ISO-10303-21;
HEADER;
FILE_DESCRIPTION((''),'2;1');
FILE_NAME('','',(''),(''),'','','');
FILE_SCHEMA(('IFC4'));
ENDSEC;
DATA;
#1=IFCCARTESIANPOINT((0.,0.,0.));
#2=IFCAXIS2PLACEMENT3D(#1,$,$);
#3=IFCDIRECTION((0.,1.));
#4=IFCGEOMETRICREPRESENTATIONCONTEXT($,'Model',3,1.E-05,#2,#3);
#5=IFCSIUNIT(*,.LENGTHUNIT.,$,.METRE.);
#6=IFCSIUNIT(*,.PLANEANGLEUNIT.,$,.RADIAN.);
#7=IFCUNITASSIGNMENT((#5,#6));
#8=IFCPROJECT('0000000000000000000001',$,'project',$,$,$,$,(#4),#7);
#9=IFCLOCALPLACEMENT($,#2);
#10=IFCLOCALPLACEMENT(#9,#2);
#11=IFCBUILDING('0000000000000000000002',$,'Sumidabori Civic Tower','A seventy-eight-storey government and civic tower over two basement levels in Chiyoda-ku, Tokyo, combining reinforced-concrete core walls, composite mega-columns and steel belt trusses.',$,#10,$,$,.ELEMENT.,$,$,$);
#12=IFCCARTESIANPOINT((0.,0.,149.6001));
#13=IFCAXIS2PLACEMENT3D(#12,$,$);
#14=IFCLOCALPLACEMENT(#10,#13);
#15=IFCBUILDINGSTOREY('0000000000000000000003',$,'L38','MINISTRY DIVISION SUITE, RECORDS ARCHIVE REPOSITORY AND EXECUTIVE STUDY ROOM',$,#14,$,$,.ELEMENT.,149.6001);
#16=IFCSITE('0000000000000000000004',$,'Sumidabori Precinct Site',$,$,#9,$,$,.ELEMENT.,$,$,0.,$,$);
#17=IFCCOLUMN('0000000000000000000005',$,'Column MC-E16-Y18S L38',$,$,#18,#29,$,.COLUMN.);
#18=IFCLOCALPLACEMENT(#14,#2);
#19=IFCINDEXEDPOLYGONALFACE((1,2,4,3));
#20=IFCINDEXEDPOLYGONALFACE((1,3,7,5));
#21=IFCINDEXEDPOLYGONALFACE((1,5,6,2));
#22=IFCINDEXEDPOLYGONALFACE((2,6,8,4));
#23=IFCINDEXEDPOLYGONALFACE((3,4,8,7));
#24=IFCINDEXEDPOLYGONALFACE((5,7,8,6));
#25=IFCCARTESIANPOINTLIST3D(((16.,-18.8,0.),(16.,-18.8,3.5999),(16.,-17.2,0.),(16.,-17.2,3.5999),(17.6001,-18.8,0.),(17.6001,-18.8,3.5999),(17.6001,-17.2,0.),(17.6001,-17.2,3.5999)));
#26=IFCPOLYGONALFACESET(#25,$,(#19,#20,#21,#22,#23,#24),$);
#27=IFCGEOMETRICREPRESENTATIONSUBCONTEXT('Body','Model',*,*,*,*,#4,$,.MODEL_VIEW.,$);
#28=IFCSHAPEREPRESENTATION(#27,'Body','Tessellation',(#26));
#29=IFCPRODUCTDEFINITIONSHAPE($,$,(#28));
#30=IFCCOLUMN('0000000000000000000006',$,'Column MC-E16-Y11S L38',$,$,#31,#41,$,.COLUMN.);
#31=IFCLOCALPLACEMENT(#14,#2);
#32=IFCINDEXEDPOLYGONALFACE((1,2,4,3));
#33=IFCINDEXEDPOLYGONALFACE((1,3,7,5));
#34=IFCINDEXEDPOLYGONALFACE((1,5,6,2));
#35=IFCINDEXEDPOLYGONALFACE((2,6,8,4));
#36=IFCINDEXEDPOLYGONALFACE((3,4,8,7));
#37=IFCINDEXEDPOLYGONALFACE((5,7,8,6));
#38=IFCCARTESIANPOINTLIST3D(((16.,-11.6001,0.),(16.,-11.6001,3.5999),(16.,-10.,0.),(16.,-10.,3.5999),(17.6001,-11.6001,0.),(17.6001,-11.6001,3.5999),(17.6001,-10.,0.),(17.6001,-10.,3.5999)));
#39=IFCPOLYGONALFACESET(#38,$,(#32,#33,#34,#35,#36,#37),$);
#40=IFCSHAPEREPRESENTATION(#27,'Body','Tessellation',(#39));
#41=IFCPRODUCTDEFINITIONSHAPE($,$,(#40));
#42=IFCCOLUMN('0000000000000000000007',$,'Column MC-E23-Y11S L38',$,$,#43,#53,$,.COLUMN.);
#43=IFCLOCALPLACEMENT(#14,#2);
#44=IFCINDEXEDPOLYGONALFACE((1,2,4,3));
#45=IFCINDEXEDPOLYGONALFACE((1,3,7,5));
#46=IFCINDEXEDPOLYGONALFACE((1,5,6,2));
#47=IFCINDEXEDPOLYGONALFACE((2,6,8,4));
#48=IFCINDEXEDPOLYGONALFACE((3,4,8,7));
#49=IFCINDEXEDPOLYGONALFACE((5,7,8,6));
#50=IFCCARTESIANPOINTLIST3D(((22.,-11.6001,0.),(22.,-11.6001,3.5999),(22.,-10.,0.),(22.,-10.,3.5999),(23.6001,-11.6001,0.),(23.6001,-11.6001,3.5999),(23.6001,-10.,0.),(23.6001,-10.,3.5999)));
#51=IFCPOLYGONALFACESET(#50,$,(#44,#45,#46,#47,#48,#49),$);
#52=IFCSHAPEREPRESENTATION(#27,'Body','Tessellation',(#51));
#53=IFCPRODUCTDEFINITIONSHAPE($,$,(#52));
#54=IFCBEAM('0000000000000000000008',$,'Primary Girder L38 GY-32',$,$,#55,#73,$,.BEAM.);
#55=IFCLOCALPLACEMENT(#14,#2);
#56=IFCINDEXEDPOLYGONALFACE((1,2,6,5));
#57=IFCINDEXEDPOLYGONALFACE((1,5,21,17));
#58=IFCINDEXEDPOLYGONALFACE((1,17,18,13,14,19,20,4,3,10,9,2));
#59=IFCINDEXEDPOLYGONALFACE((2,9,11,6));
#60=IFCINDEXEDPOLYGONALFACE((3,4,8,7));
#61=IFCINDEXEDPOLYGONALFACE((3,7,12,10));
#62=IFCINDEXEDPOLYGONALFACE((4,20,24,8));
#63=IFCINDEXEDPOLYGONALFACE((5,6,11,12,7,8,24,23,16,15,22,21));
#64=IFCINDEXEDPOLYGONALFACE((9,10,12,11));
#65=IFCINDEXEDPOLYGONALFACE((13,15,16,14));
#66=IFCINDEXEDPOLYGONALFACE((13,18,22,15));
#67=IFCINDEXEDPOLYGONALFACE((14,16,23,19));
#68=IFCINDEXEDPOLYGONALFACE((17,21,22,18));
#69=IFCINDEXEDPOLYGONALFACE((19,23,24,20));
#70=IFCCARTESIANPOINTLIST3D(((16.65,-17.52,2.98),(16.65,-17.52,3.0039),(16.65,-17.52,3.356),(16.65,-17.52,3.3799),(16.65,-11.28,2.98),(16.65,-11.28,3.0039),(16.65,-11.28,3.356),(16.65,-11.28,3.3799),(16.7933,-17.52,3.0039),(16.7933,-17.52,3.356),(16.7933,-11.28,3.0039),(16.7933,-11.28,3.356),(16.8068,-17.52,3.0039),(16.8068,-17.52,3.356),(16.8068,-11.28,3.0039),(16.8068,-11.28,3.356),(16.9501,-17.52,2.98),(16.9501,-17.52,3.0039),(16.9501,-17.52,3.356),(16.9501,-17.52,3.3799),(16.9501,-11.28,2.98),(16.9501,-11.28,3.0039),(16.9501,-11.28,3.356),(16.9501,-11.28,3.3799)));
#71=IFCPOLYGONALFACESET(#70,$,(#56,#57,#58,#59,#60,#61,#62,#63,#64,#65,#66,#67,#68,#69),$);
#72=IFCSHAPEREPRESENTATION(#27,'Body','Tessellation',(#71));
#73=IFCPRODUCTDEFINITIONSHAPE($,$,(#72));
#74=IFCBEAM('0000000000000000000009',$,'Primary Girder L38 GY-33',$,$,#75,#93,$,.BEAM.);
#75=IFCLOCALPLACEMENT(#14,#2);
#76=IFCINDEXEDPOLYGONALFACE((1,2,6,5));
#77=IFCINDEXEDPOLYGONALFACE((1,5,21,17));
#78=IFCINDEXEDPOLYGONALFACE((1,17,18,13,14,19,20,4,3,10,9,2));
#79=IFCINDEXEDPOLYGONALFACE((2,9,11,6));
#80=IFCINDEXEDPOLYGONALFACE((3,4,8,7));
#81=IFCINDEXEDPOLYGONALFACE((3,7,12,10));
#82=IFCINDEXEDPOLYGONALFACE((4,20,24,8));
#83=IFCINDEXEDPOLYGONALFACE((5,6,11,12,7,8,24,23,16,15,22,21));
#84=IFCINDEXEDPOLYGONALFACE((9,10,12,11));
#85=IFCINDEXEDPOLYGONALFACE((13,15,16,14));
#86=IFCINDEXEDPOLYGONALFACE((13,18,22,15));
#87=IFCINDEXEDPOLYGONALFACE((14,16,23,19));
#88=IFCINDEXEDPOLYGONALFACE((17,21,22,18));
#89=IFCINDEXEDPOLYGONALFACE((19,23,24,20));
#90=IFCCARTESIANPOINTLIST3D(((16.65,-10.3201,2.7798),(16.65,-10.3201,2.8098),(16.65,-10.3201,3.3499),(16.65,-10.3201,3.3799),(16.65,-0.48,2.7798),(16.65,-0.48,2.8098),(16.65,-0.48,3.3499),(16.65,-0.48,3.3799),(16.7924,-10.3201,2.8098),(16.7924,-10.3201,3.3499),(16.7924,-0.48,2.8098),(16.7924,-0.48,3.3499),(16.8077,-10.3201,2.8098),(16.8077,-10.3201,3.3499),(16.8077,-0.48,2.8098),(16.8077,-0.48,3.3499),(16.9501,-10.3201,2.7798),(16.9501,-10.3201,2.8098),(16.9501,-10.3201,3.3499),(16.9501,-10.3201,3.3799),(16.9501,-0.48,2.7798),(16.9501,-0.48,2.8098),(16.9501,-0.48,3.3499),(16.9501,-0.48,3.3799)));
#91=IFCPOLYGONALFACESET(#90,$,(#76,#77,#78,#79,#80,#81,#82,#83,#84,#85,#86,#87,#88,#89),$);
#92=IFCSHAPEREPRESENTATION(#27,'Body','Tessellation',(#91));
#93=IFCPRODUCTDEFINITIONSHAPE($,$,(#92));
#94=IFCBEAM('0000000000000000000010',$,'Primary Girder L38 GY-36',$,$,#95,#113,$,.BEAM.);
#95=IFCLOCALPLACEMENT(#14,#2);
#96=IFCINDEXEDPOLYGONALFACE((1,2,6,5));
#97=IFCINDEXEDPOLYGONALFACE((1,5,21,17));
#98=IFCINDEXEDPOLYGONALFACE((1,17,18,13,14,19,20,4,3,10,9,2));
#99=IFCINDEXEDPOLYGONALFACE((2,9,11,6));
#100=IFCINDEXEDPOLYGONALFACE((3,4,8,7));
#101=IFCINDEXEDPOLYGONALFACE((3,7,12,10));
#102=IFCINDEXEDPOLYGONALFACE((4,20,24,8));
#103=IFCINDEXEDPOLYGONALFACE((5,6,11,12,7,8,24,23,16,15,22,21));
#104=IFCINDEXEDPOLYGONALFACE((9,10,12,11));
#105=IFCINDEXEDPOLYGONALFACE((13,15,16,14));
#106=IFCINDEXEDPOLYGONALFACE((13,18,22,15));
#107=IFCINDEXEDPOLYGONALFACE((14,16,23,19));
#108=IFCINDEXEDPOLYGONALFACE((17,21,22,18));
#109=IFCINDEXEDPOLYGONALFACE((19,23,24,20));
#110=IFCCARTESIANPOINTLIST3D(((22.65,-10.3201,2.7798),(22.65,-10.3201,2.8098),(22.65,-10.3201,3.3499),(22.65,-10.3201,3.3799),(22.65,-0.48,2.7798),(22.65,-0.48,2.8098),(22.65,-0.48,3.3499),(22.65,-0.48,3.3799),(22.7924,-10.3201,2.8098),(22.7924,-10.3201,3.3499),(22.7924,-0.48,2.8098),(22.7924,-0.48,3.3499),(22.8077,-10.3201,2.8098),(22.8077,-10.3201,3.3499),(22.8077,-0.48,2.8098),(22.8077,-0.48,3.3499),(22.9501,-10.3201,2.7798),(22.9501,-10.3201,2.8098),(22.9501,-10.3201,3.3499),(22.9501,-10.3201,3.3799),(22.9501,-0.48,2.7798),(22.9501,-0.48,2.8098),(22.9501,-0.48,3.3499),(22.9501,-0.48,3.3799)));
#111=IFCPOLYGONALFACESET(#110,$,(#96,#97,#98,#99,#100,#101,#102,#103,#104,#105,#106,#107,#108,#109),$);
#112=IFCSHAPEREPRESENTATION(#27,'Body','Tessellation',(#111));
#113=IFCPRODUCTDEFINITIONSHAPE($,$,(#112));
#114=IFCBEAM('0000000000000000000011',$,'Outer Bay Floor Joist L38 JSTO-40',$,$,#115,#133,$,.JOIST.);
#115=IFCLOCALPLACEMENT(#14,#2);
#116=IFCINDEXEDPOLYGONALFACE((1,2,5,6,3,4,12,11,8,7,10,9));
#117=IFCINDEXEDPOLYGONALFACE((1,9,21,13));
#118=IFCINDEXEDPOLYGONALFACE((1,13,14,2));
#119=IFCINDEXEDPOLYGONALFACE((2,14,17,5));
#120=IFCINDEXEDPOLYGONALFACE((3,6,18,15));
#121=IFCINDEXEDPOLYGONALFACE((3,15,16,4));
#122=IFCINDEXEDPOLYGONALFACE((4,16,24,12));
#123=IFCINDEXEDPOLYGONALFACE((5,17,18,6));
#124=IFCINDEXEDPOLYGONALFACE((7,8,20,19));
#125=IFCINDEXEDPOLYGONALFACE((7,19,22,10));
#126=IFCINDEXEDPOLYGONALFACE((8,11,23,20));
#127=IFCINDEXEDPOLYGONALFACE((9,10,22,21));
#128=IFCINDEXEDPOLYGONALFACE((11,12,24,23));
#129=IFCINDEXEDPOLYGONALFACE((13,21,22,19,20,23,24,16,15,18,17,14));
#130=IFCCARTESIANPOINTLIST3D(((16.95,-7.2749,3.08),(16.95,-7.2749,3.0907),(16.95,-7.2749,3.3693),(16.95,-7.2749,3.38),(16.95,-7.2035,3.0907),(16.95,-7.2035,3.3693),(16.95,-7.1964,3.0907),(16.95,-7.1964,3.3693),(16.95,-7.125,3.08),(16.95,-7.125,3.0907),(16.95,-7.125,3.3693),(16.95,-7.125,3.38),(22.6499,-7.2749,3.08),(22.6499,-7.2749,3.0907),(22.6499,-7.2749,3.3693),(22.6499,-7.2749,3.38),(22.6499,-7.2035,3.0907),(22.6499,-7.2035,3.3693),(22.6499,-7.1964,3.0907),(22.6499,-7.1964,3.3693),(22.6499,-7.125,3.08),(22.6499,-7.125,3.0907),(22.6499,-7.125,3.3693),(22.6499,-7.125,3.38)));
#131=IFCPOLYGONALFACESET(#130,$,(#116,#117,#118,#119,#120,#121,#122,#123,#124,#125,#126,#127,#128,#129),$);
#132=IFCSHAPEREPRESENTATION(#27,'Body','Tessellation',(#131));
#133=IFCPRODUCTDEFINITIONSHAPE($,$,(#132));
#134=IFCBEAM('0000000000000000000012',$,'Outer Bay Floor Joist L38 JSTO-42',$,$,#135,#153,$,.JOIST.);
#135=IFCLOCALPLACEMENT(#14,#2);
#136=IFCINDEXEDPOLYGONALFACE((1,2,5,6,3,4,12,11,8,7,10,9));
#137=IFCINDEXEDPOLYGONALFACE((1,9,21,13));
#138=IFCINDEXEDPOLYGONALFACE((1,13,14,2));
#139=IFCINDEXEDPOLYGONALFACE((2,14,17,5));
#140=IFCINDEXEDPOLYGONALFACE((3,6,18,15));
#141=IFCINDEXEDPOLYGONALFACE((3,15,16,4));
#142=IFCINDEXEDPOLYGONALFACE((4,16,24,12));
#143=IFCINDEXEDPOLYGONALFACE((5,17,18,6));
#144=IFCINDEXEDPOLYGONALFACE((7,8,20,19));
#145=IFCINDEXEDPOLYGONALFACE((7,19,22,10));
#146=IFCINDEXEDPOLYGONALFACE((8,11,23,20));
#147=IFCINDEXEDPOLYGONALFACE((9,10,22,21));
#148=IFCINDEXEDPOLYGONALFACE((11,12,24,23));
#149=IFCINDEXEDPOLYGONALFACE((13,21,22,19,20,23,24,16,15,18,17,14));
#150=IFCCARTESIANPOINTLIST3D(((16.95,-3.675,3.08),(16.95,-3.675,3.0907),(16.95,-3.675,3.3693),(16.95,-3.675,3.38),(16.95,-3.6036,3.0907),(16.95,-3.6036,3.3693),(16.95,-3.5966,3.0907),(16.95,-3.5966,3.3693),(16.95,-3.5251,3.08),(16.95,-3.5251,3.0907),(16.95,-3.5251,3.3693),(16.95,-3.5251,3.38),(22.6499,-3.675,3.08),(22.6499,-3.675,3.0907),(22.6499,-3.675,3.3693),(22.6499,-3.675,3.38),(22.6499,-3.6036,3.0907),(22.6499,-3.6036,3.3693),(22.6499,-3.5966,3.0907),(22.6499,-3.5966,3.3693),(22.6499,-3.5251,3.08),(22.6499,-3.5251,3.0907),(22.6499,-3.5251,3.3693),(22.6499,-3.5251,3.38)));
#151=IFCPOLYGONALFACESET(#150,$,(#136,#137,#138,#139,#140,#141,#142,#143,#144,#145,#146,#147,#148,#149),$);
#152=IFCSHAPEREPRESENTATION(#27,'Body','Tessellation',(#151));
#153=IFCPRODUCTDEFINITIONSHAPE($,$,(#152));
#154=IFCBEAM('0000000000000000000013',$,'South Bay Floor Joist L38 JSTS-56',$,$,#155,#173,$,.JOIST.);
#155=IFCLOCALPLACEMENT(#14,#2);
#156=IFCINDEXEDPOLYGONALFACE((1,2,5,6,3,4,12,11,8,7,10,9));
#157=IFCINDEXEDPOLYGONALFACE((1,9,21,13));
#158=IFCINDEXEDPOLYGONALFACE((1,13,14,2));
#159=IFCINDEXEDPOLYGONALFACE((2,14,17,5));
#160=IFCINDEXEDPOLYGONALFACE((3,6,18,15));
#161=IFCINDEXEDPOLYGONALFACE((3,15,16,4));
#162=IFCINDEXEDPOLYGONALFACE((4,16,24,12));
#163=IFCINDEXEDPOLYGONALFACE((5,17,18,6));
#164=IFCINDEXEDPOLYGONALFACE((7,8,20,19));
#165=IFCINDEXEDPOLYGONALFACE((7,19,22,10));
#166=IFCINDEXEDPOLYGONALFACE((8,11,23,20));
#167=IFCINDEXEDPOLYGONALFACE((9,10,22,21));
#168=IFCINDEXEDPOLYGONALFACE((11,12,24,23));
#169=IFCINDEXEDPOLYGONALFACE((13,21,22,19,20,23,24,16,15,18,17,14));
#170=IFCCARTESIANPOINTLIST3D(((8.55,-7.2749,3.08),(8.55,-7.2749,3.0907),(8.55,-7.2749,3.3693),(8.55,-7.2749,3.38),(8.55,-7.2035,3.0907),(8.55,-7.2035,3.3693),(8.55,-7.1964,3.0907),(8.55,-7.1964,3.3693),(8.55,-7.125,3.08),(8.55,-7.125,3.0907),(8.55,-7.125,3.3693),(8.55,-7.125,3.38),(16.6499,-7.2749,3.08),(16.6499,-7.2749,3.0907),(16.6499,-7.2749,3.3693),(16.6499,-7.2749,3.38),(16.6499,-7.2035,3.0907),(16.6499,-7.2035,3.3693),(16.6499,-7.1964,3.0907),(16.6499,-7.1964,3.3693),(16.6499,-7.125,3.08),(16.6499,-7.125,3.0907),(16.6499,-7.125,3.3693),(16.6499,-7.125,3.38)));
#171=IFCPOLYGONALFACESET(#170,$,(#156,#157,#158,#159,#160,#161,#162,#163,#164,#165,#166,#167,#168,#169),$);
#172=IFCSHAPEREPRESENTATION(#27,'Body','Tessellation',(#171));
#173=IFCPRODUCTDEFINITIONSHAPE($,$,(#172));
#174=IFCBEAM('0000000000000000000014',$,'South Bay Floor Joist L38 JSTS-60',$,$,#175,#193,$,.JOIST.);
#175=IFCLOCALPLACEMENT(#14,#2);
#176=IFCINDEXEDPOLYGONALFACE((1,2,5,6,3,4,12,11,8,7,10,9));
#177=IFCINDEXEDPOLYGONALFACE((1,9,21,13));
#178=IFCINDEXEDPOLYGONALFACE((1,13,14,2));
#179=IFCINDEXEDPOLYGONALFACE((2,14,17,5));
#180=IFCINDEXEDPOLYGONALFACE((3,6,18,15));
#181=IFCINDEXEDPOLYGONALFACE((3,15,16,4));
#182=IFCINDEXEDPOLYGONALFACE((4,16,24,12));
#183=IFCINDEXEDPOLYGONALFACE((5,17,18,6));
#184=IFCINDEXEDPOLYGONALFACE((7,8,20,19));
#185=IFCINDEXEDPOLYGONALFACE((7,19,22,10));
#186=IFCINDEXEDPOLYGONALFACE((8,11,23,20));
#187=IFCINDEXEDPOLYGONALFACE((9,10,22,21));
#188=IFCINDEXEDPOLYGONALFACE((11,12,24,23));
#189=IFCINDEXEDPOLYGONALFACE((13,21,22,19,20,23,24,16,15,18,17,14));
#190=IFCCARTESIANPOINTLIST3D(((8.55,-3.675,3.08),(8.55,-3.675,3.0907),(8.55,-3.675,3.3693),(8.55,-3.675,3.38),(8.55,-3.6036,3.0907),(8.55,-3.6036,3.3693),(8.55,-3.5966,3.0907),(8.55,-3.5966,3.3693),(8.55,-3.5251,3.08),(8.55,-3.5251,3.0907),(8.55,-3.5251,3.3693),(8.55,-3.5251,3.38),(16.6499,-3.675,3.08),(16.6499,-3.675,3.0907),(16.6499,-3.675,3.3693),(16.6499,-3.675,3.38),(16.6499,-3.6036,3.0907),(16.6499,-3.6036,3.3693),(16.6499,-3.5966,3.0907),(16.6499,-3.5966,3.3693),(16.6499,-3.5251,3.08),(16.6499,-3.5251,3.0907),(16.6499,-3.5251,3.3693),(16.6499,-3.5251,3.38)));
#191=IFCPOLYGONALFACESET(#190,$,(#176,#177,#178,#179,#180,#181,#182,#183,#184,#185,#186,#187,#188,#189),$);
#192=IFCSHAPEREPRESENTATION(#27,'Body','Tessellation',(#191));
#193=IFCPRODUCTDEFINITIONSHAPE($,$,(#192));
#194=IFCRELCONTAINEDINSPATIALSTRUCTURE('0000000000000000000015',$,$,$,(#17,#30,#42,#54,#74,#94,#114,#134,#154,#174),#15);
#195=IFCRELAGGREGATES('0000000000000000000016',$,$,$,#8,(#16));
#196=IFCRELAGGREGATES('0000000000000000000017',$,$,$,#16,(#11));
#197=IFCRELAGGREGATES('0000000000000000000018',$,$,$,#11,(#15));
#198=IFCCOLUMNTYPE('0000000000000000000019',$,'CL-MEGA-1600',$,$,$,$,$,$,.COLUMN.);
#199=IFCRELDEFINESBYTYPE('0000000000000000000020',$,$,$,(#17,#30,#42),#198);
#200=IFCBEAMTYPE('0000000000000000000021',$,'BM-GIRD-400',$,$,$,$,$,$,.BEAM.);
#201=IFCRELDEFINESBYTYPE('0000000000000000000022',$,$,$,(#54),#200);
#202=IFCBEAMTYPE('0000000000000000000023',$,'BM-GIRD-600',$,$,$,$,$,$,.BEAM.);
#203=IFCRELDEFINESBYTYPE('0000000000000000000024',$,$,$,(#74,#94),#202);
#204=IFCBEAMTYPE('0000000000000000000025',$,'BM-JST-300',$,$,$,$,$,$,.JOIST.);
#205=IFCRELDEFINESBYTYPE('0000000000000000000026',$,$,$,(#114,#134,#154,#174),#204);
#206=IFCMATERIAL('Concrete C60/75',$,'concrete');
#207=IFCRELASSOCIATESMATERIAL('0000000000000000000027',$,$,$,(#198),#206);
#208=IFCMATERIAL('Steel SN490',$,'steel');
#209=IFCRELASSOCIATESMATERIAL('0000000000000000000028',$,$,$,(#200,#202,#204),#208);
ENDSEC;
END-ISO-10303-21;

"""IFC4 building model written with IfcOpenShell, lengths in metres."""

from ifc_helpers import new_model, si_unit, direction, frame, origin, origin_2d, place, context, subcontext, project, spatial, rectangle, i_section, extrude, source, transform, mapped, material, material_profile, profile_set, type_object, element, save


model = new_model("IFC4")

# Units and contexts
model_context = context("Model", 3, precision=1e-05, world=origin(), true_north=direction((0.0, 1.0)))
body_context = subcontext(model_context, "Body", "Model", "MODEL_VIEW")
ifc_project = project(units=[si_unit("LENGTHUNIT", "METRE"), si_unit("PLANEANGLEUNIT", "RADIAN")], contexts=[model_context])

# Site, building, storey
site_placement = place(None, origin())
site = spatial("IfcSite", under=ifc_project, at=site_placement, Name="Sumidabori Precinct Site", CompositionType="ELEMENT", RefElevation=0.0)
building_placement = place(site_placement, origin())
building = spatial("IfcBuilding", under=site, at=building_placement, Name="Sumidabori Civic Tower", Description="A seventy-eight-storey government and civic tower over two basement levels in Chiyoda-ku, Tokyo, combining reinforced-concrete core walls, composite mega-columns and steel belt trusses.", CompositionType="ELEMENT")
storey_placement = place(building_placement, frame((0.0, 0.0, 149.6001)))
storey = spatial("IfcBuildingStorey", under=building, at=storey_placement, Name="L38", Description="MINISTRY DIVISION SUITE, RECORDS ARCHIVE REPOSITORY AND EXECUTIVE STUDY ROOM", CompositionType="ELEMENT", Elevation=149.6001)

# Columns
ifc_material_1 = material(Name="Concrete C60/75", Category="concrete")
ifc_material_profile_1 = material_profile(ifc_material_1, rectangle(XDim=1.6001, YDim=1.6001, at=origin_2d()), Name="RC 1600x1600")
ifc_profile_set_1 = profile_set([ifc_material_profile_1], Name="Concrete C60/75")
column_type = type_object("IfcColumnType", Name="CL-MEGA-1600", PredefinedType="COLUMN", material=ifc_profile_set_1)
shared_shape_1 = source(origin(), body_context, "Body", "SweptSolid", [
    extrude(rectangle(XDim=1.6001, YDim=1.6001, at=origin_2d()), origin(), (0.0, 0.0, 1.0), 3.5999),
])
for number, where, z_axis, x_axis, name in (
    (1, (16.8, -18.0, 0.0), (0.0, 0.0, 1.0), (1.0, 0.0, 0.0), "Column MC-E16-Y18S L38"),
    (2, (16.8, -10.8, 0.0), (0.0, 0.0, 1.0), (1.0, 0.0, 0.0), "Column MC-E16-Y11S L38"),
    (3, (22.8, -10.8, 0.0), (0.0, 0.0, 1.0), (1.0, 0.0, 0.0), "Column MC-E23-Y11S L38"),
):
    element("IfcColumn", number, at=place(storey_placement, frame(where, z_axis=z_axis, x_axis=x_axis)), inside=storey, type_object=column_type, Name=name, PredefinedType="COLUMN", context=body_context, shape_type="MappedRepresentation", body=[
        mapped(shared_shape_1, transform((0.0, 0.0, 0.0), x_axis=(1.0, 0.0, 0.0), y_axis=(0.0, 1.0, 0.0), z_axis=(0.0, 0.0, 1.0), scale=1.0)),
    ])

# Beams
ifc_material_2 = material(Name="Steel SN490", Category="steel")
ifc_material_profile_2 = material_profile(ifc_material_2, i_section(OverallWidth=0.3, OverallDepth=0.3999, WebThickness=0.0134, FlangeThickness=0.0239, at=origin_2d()), Name="HE 400 B")
ifc_profile_set_2 = profile_set([ifc_material_profile_2], Name="Steel SN490")
beam_type_1 = type_object("IfcBeamType", Name="BM-GIRD-400", PredefinedType="BEAM", material=ifc_profile_set_2)
shared_shape_2 = source(origin(), body_context, "Body", "SweptSolid", [
    extrude(i_section(OverallWidth=0.3, OverallDepth=0.3999, WebThickness=0.0134, FlangeThickness=0.0239, at=origin_2d()), origin(), (0.0, 0.0, 1.0), 6.24),
])
beam_1_placement = place(storey_placement, frame((16.8, -17.52, 3.1799), z_axis=(0.0, 1.0, 0.0), x_axis=(-1.0, 0.0, 0.0)))
element("IfcBeam", 4, at=beam_1_placement, inside=storey, type_object=beam_type_1, Name="Primary Girder L38 GY-32", PredefinedType="BEAM", context=body_context, shape_type="MappedRepresentation", body=[
    mapped(shared_shape_2, transform((0.0, 0.0, 0.0), x_axis=(1.0, 0.0, 0.0), y_axis=(0.0, 1.0, 0.0), z_axis=(0.0, 0.0, 1.0), scale=1.0)),
])
ifc_material_profile_3 = material_profile(ifc_material_2, i_section(OverallWidth=0.3, OverallDepth=0.6001, WebThickness=0.0154, FlangeThickness=0.03, at=origin_2d()), Name="HE 600 B")
ifc_profile_set_3 = profile_set([ifc_material_profile_3], Name="Steel SN490")
beam_type_2 = type_object("IfcBeamType", Name="BM-GIRD-600", PredefinedType="BEAM", material=ifc_profile_set_3)
shared_shape_3 = source(origin(), body_context, "Body", "SweptSolid", [
    extrude(i_section(OverallWidth=0.3, OverallDepth=0.6001, WebThickness=0.0154, FlangeThickness=0.03, at=origin_2d()), origin(), (0.0, 0.0, 1.0), 9.8401),
])
for number, where, z_axis, x_axis, name in (
    (5, (16.8, -10.3201, 3.0798), (0.0, 1.0, 0.0), (-1.0, 0.0, 0.0), "Primary Girder L38 GY-33"),
    (6, (22.8, -10.3201, 3.0798), (0.0, 1.0, 0.0), (-1.0, 0.0, 0.0), "Primary Girder L38 GY-36"),
):
    element("IfcBeam", number, at=place(storey_placement, frame(where, z_axis=z_axis, x_axis=x_axis)), inside=storey, type_object=beam_type_2, Name=name, PredefinedType="BEAM", context=body_context, shape_type="MappedRepresentation", body=[
        mapped(shared_shape_3, transform((0.0, 0.0, 0.0), x_axis=(1.0, 0.0, 0.0), y_axis=(0.0, 1.0, 0.0), z_axis=(0.0, 0.0, 1.0), scale=1.0)),
    ])
ifc_material_profile_4 = material_profile(ifc_material_2, i_section(OverallWidth=0.1499, OverallDepth=0.3, WebThickness=0.0071, FlangeThickness=0.0107, at=origin_2d()), Name="IPE 300")
ifc_profile_set_4 = profile_set([ifc_material_profile_4], Name="Steel SN490")
beam_type_3 = type_object("IfcBeamType", Name="BM-JST-300", PredefinedType="JOIST", material=ifc_profile_set_4)
shared_shape_4 = source(origin(), body_context, "Body", "SweptSolid", [
    extrude(i_section(OverallWidth=0.1499, OverallDepth=0.3, WebThickness=0.0071, FlangeThickness=0.0107, at=origin_2d()), origin(), (0.0, 0.0, 1.0), 5.7),
])
for number, where, z_axis, x_axis, name in (
    (7, (16.95, -7.2, 3.23), (1.0, 0.0, 0.0), (0.0, 1.0, 0.0), "Outer Bay Floor Joist L38 JSTO-40"),
    (8, (16.95, -3.6001, 3.23), (1.0, 0.0, 0.0), (0.0, 1.0, 0.0), "Outer Bay Floor Joist L38 JSTO-42"),
):
    element("IfcBeam", number, at=place(storey_placement, frame(where, z_axis=z_axis, x_axis=x_axis)), inside=storey, type_object=beam_type_3, Name=name, PredefinedType="JOIST", context=body_context, shape_type="MappedRepresentation", body=[
        mapped(shared_shape_4, transform((0.0, 0.0, 0.0), x_axis=(1.0, 0.0, 0.0), y_axis=(0.0, 1.0, 0.0), z_axis=(0.0, 0.0, 1.0), scale=1.0)),
    ])
shared_shape_5 = source(origin(), body_context, "Body", "SweptSolid", [
    extrude(i_section(OverallWidth=0.1499, OverallDepth=0.3, WebThickness=0.0071, FlangeThickness=0.0107, at=origin_2d()), origin(), (0.0, 0.0, 1.0), 8.0999),
])
for number, where, z_axis, x_axis, name in (
    (9, (8.55, -7.2, 3.23), (1.0, 0.0, 0.0), (0.0, 1.0, 0.0), "South Bay Floor Joist L38 JSTS-56"),
    (10, (8.55, -3.6001, 3.23), (1.0, 0.0, 0.0), (0.0, 1.0, 0.0), "South Bay Floor Joist L38 JSTS-60"),
):
    element("IfcBeam", number, at=place(storey_placement, frame(where, z_axis=z_axis, x_axis=x_axis)), inside=storey, type_object=beam_type_3, Name=name, PredefinedType="JOIST", context=body_context, shape_type="MappedRepresentation", body=[
        mapped(shared_shape_5, transform((0.0, 0.0, 0.0), x_axis=(1.0, 0.0, 0.0), y_axis=(0.0, 1.0, 0.0), z_axis=(0.0, 0.0, 1.0), scale=1.0)),
    ])

save(model, "model.ifc")
